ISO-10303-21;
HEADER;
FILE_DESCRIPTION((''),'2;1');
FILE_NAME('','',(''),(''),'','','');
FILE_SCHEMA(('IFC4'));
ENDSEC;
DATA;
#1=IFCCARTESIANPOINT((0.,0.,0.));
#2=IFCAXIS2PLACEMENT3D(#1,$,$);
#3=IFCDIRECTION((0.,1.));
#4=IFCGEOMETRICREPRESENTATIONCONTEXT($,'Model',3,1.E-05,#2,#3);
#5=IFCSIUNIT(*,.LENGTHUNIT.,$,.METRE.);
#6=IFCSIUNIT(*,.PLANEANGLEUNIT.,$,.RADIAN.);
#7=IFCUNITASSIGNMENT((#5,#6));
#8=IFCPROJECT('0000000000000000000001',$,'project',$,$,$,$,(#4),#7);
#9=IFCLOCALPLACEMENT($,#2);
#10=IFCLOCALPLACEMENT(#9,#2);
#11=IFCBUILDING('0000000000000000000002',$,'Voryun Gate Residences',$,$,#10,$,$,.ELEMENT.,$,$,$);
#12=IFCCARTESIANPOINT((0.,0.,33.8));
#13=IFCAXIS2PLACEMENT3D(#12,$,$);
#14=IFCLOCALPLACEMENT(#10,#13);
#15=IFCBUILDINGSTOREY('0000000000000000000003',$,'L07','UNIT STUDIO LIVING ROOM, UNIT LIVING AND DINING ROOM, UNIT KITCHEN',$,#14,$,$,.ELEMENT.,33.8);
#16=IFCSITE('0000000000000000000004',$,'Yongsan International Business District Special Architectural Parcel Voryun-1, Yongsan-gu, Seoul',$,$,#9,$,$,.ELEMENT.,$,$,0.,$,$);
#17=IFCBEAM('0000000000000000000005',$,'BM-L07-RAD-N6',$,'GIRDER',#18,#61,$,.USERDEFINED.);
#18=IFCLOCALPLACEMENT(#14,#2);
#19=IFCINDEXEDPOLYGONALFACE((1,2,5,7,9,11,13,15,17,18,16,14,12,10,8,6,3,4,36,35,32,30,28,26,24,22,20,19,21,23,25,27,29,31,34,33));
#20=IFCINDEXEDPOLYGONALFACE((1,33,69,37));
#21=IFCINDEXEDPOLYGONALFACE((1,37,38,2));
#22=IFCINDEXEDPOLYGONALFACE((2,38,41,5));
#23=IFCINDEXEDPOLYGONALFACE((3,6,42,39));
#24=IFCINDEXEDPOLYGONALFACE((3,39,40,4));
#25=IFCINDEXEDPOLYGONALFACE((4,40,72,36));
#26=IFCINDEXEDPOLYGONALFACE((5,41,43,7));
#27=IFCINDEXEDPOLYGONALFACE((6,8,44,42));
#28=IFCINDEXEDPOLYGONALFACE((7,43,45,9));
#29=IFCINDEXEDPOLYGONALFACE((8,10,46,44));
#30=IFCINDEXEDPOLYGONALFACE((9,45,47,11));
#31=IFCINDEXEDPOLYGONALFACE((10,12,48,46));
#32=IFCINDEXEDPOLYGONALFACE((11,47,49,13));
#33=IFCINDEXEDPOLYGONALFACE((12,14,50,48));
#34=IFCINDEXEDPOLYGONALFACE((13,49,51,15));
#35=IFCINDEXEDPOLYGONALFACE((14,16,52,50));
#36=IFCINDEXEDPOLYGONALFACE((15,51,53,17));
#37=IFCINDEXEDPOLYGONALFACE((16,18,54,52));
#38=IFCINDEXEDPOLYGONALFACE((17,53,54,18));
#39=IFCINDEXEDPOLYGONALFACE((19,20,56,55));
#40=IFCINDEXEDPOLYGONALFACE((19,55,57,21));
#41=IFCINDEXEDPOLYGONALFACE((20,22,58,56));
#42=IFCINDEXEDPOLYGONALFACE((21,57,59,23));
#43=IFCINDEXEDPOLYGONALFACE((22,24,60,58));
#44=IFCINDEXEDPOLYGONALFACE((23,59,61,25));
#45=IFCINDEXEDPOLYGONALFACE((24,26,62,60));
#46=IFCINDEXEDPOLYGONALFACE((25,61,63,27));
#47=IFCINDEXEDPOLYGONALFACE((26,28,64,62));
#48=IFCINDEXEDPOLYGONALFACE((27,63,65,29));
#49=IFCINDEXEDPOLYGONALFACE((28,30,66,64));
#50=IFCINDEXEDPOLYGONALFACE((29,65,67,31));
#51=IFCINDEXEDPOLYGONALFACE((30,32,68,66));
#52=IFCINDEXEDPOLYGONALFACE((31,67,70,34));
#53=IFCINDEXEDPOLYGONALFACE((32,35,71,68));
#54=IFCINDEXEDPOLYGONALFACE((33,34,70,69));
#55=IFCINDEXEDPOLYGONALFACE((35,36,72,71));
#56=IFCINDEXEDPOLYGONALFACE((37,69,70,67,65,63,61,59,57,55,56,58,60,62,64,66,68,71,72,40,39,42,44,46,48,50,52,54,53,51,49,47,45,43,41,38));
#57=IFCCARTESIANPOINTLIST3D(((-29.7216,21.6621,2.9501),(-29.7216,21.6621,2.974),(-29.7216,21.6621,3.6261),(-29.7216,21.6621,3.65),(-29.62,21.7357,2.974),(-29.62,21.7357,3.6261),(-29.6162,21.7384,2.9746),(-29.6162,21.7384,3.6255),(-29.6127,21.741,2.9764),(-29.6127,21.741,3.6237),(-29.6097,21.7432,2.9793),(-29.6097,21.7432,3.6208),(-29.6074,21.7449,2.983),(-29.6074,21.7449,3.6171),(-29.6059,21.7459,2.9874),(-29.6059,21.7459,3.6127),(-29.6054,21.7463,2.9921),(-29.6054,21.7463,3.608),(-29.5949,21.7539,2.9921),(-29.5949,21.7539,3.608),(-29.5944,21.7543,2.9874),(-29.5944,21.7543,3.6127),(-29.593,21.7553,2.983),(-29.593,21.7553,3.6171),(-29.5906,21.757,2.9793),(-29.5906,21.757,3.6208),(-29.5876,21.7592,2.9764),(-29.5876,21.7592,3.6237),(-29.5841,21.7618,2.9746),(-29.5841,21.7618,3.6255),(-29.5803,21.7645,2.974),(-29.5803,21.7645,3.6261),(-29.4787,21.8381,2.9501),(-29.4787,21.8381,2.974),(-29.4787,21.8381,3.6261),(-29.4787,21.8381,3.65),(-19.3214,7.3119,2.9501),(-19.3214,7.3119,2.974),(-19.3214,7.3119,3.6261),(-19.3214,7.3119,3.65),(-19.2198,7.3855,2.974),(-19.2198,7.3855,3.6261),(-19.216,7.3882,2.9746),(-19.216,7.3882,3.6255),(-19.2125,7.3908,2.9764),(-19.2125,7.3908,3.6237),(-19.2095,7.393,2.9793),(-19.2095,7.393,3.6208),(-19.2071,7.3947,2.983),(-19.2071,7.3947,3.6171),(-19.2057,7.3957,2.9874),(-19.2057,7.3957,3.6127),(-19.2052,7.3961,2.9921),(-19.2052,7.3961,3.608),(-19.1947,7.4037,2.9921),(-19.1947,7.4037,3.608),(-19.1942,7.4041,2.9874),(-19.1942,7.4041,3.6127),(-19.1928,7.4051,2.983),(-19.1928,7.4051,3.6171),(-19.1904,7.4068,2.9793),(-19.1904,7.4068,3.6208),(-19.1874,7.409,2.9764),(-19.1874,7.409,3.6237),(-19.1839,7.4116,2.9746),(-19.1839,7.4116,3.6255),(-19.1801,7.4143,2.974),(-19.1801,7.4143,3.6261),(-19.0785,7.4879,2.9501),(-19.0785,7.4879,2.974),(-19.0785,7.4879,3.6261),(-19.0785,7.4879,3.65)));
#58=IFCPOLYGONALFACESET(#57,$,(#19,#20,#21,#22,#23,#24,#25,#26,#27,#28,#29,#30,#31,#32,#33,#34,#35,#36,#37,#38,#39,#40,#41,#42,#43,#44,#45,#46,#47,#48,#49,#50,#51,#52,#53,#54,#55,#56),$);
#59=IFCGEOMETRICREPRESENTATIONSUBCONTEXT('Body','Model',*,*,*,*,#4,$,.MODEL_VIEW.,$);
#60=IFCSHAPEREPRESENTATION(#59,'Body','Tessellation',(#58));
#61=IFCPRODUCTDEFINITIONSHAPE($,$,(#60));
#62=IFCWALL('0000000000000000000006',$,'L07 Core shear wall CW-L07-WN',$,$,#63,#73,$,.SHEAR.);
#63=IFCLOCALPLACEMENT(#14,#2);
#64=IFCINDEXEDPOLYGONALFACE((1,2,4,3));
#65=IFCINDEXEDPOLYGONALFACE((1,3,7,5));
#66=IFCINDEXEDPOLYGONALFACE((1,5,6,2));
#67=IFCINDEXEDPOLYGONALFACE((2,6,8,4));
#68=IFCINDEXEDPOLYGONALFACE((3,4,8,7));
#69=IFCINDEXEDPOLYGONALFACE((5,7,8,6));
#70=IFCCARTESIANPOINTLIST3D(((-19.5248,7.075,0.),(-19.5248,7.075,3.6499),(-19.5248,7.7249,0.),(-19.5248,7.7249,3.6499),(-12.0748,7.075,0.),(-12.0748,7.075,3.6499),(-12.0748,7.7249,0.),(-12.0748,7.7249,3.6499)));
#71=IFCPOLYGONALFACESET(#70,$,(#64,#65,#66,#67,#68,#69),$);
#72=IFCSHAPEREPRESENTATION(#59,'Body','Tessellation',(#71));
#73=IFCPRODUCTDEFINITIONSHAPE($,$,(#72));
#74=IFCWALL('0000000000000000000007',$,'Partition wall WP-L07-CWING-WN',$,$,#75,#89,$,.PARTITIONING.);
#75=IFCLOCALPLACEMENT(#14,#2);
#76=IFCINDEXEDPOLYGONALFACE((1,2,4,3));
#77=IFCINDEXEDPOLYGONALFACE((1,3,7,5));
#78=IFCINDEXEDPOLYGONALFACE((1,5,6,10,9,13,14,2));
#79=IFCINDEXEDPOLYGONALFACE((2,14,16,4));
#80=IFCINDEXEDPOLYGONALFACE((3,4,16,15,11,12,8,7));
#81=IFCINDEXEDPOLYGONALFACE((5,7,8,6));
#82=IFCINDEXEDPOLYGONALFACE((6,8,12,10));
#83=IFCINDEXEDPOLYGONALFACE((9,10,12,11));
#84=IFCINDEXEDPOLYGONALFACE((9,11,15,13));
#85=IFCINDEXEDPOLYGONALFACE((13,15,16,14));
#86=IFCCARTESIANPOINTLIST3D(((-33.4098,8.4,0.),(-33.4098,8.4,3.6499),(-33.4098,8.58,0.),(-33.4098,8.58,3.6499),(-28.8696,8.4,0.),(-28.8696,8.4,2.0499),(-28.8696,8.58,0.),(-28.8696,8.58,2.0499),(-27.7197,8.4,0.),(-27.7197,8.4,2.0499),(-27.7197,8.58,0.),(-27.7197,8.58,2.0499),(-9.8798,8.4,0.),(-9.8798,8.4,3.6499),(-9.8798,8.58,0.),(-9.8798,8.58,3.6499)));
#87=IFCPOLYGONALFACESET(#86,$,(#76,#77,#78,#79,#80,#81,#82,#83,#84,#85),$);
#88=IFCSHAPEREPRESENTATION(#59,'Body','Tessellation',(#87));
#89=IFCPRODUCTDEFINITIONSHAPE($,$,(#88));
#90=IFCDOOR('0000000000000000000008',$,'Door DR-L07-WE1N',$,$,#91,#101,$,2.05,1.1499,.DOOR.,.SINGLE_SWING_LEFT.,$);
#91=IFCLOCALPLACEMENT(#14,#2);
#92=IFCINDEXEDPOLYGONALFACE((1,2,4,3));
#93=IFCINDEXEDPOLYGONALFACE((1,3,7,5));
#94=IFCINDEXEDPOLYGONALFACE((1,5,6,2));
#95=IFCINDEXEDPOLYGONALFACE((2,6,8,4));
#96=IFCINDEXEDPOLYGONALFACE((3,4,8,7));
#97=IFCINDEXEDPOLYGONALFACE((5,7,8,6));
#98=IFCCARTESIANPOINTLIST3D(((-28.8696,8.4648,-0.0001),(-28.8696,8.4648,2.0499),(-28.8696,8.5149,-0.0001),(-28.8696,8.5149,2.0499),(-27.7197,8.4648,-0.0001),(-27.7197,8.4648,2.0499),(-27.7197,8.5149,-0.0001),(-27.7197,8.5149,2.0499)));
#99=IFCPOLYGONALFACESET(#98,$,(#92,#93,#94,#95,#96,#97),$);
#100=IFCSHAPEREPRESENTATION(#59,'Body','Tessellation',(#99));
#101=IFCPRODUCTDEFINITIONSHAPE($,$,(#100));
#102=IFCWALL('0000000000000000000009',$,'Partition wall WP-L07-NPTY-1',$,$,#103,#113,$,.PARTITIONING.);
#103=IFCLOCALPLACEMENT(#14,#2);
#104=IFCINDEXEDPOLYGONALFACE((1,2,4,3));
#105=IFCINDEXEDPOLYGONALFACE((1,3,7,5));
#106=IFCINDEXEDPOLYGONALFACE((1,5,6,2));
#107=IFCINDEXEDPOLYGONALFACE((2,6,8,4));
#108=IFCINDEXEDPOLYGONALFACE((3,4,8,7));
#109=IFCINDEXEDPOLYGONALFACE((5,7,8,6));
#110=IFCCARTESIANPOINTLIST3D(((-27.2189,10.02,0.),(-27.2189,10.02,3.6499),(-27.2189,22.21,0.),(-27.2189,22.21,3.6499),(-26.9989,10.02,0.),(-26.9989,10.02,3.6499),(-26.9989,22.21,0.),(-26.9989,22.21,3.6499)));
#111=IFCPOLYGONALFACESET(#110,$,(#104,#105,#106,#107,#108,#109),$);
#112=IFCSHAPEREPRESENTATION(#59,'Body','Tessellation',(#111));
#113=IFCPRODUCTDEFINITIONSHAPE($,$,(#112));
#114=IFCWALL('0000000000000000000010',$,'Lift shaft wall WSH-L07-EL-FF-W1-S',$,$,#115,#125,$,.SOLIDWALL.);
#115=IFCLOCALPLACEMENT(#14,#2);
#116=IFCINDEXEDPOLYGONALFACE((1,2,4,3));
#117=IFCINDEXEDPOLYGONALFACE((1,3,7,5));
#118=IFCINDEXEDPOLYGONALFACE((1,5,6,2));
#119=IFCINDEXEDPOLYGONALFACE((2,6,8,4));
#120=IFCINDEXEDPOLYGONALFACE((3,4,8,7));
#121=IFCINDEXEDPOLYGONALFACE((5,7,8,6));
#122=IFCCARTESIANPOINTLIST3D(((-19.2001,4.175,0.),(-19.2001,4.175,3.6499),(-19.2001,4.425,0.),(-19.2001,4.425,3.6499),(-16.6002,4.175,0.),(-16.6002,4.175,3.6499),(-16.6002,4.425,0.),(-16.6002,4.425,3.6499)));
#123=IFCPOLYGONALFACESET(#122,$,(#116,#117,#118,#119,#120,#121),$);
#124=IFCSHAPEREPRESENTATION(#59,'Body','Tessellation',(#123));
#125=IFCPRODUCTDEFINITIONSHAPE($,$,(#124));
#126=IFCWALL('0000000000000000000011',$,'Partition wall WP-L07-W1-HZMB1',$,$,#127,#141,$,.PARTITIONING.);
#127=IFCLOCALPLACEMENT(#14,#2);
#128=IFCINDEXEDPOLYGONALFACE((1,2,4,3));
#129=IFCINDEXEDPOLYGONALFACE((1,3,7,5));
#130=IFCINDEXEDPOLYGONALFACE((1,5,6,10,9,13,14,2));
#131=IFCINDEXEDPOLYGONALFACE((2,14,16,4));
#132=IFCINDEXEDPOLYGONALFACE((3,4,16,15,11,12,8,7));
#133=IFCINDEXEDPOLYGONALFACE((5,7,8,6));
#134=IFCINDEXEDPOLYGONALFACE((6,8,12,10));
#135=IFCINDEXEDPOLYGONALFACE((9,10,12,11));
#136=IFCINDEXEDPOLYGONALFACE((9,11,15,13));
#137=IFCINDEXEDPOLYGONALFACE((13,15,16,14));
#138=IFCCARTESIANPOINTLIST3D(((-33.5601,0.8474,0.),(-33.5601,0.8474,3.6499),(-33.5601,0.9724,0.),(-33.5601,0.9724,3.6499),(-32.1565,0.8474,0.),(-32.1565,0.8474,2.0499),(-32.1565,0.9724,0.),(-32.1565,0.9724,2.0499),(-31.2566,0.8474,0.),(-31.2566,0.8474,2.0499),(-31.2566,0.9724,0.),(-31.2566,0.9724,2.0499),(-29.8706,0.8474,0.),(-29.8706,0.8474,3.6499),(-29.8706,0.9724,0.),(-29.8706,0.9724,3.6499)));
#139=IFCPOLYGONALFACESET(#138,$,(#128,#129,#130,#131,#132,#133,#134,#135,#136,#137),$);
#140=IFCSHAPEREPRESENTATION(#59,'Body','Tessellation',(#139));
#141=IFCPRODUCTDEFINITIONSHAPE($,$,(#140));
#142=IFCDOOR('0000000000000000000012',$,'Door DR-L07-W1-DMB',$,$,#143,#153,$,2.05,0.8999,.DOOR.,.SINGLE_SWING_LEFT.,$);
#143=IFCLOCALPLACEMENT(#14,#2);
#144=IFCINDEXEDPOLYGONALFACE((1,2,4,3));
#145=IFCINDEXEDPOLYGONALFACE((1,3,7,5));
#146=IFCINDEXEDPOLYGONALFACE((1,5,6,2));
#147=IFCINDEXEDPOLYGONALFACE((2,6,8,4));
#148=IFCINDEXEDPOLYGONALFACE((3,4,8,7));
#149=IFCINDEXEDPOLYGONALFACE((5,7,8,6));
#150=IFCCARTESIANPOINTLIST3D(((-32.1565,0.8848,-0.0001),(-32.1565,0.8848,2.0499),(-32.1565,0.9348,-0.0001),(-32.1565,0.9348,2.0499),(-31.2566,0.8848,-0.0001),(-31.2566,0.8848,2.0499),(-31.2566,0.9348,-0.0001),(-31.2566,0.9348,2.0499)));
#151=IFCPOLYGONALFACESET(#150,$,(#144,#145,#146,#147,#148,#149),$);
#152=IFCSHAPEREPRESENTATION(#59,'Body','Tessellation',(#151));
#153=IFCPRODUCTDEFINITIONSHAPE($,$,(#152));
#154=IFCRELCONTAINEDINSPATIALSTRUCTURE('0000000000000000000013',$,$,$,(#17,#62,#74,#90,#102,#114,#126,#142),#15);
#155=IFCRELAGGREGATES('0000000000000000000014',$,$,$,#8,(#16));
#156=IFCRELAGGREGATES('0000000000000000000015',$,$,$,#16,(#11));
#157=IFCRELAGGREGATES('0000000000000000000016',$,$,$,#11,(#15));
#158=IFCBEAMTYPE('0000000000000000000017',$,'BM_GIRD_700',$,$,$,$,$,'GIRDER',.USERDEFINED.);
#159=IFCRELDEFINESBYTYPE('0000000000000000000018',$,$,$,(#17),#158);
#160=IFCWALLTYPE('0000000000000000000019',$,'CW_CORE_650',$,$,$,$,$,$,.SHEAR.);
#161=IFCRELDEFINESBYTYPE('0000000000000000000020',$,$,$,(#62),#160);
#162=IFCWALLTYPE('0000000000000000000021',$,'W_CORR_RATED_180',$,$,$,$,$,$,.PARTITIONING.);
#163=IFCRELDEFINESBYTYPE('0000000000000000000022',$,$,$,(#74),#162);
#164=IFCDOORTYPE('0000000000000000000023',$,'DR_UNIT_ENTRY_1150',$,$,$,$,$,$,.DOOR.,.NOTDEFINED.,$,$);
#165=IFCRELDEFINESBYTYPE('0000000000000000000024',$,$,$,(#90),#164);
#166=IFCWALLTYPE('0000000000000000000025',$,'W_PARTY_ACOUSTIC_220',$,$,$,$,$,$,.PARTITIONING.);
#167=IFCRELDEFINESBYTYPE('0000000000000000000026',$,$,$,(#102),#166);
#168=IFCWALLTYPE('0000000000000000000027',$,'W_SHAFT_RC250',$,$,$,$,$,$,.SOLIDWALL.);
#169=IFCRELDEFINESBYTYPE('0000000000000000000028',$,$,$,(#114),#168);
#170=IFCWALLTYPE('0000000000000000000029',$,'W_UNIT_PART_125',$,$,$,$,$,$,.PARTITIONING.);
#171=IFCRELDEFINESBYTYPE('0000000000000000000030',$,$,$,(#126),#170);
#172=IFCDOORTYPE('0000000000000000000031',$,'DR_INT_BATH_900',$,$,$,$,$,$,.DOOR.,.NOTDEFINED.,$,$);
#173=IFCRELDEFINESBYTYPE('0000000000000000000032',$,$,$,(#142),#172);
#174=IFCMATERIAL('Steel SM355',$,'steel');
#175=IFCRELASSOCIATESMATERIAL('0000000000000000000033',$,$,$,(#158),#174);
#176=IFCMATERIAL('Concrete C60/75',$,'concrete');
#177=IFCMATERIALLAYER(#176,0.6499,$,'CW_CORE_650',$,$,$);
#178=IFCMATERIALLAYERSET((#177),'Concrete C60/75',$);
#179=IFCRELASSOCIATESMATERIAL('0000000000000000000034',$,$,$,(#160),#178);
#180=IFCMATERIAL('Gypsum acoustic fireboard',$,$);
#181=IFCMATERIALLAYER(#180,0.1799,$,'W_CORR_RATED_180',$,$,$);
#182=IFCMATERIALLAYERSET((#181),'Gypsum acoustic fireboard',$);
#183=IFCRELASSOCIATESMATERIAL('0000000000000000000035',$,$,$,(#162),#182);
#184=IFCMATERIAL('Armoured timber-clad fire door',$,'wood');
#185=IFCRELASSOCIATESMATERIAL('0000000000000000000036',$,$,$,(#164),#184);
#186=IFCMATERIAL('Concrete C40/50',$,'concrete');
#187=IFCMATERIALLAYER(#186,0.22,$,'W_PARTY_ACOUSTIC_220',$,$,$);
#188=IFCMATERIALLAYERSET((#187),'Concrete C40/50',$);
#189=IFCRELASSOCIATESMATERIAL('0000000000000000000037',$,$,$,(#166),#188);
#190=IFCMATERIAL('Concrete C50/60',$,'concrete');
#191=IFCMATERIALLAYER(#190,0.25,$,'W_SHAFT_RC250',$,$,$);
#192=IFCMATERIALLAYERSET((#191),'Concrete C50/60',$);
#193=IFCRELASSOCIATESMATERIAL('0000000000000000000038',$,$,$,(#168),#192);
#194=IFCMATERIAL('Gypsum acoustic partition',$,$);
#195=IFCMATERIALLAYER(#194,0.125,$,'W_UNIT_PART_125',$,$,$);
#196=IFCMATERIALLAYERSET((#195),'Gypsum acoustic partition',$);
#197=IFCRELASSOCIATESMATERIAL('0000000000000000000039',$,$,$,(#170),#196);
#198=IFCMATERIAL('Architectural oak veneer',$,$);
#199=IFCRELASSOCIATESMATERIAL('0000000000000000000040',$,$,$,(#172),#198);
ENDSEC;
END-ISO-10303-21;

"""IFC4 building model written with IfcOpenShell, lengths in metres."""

from ifc_helpers import new_model, si_unit, direction, frame, frame_2d, origin, origin_2d, place, context, subcontext, project, spatial, rectangle, i_section, extrude, material, layer, layer_set, material_profile, profile_set, type_object, element, fill, save


model = new_model("IFC4")

# Units and contexts
model_context = context("Model", 3, precision=1e-05, world=origin(), true_north=direction((0.0, 1.0)))
body_context = subcontext(model_context, "Body", "Model", "MODEL_VIEW")
ifc_project = project(units=[si_unit("LENGTHUNIT", "METRE"), si_unit("PLANEANGLEUNIT", "RADIAN")], contexts=[model_context])

# Site, building, storey
site_placement = place(None, origin())
site = spatial("IfcSite", under=ifc_project, at=site_placement, Name="Yongsan International Business District Special Architectural Parcel Voryun-1, Yongsan-gu, Seoul", CompositionType="ELEMENT", RefElevation=0.0)
building_placement = place(site_placement, origin())
building = spatial("IfcBuilding", under=site, at=building_placement, Name="Voryun Gate Residences", CompositionType="ELEMENT")
storey_placement = place(building_placement, frame((0.0, 0.0, 33.8)))
storey = spatial("IfcBuildingStorey", under=building, at=storey_placement, Name="L07", Description="UNIT STUDIO LIVING ROOM, UNIT LIVING AND DINING ROOM, UNIT KITCHEN", CompositionType="ELEMENT", Elevation=33.8)

# Beam
ifc_material_1 = material(Name="Steel SM355", Category="steel")
ifc_material_profile_1 = material_profile(ifc_material_1, i_section(OverallWidth=0.3, OverallDepth=0.7, WebThickness=0.0129, FlangeThickness=0.0239, FilletRadius=0.0181, at=origin_2d()), Name="H-700x300x13x24")
ifc_profile_set_1 = profile_set([ifc_material_profile_1], Name="Steel SM355")
beam_type_1 = type_object("IfcBeamType", Name="BM_GIRD_700", ElementType="GIRDER", PredefinedType="USERDEFINED", material=ifc_profile_set_1)
beam_1_placement = place(storey_placement, frame((-19.2, 7.3999, 3.3), z_axis=(-0.586832, 0.809709, 0.0), x_axis=(-0.809709, -0.586832, 0.0)))
element("IfcBeam", 1, at=beam_1_placement, inside=storey, type_object=beam_type_1, Name="BM-L07-RAD-N6", ObjectType="GIRDER", PredefinedType="USERDEFINED", context=body_context, shape_type="SweptSolid", body=[
    extrude(i_section(OverallWidth=0.3, OverallDepth=0.7, WebThickness=0.0129, FlangeThickness=0.0239, FilletRadius=0.0181, at=origin_2d()), origin(), (0.0, 0.0, 1.0), 17.7227),
])

# Wall
ifc_material_2 = material(Name="Concrete C60/75", Category="concrete")
ifc_layer_1 = layer(ifc_material_2, 0.6499, Name="CW_CORE_650")
ifc_layer_set_1 = layer_set([ifc_layer_1], Name="Concrete C60/75")
wall_type_1 = type_object("IfcWallType", Name="CW_CORE_650", PredefinedType="SHEAR", material=ifc_layer_set_1)
wall_1_placement = place(storey_placement, frame((-19.5249, 7.3999, 0.0), z_axis=(0.0, 0.0, 1.0), x_axis=(1.0, 0.0, 0.0)))
element("IfcWall", 2, at=wall_1_placement, inside=storey, type_object=wall_type_1, Name="L07 Core shear wall CW-L07-WN", PredefinedType="SHEAR", context=body_context, shape_type="SweptSolid", body=[
    extrude(rectangle(XDim=7.45, YDim=0.6499, at=frame_2d((3.7251, 0.0))), origin(), (0.0, 0.0, 1.0), 3.6499),
])

# Wall, opening, door
ifc_material_3 = material(Name="Gypsum acoustic fireboard")
ifc_layer_2 = layer(ifc_material_3, 0.1799, Name="W_CORR_RATED_180")
ifc_layer_set_2 = layer_set([ifc_layer_2], Name="Gypsum acoustic fireboard")
wall_type_2 = type_object("IfcWallType", Name="W_CORR_RATED_180", PredefinedType="PARTITIONING", material=ifc_layer_set_2)
wall_2_placement = place(storey_placement, frame((-33.4099, 8.49, 0.0), z_axis=(0.0, 0.0, 1.0), x_axis=(1.0, 0.0, 0.0)))
wall_2 = element("IfcWall", 3, at=wall_2_placement, inside=storey, type_object=wall_type_2, Name="Partition wall WP-L07-CWING-WN", PredefinedType="PARTITIONING", context=body_context, shape_type="SweptSolid", body=[
    extrude(rectangle(XDim=23.53, YDim=0.1799, at=frame_2d((11.7651, 0.0))), origin(), (0.0, 0.0, 1.0), 3.6499),
])
opening_1_placement = place(wall_2_placement, frame((4.5403, 0.0, 0.0)))
opening_1 = element("IfcOpeningElement", 4, at=opening_1_placement, cuts=wall_2, PredefinedType="OPENING", context=body_context, shape_type="SweptSolid", body=[
    extrude(rectangle(XDim=1.1499, YDim=2.05, at=frame_2d((0.575, 1.0249))), frame((0.0, 0.0999, 0.0), z_axis=(0.0, -1.0, 0.0), x_axis=(1.0, 0.0, 0.0)), (0.0, 0.0, 1.0), 0.2),
])
ifc_material_4 = material(Name="Armoured timber-clad fire door", Category="wood")
door_type_1 = type_object("IfcDoorType", Name="DR_UNIT_ENTRY_1150", OperationType="NOTDEFINED", PredefinedType="DOOR", material=ifc_material_4)
door_1_placement = place(opening_1_placement, origin())
door_1 = element("IfcDoor", 5, at=door_1_placement, inside=storey, type_object=door_type_1, Name="Door DR-L07-WE1N", OperationType="SINGLE_SWING_LEFT", OverallHeight=2.05, OverallWidth=1.1499, PredefinedType="DOOR", context=body_context, shape_type="SweptSolid", body=[
    extrude(rectangle(XDim=1.1499, YDim=2.05, at=frame_2d((0.575, 1.0249))), frame((0.0, 0.0249, 0.0), z_axis=(0.0, -1.0, 0.0), x_axis=(1.0, 0.0, 0.0)), (0.0, 0.0, 1.0), 0.05),
])
fill(opening_1, door_1)

# Walls
ifc_material_5 = material(Name="Concrete C40/50", Category="concrete")
ifc_layer_3 = layer(ifc_material_5, 0.22, Name="W_PARTY_ACOUSTIC_220")
ifc_layer_set_3 = layer_set([ifc_layer_3], Name="Concrete C40/50")
wall_type_3 = type_object("IfcWallType", Name="W_PARTY_ACOUSTIC_220", PredefinedType="PARTITIONING", material=ifc_layer_set_3)
wall_3_placement = place(storey_placement, frame((-27.1089, 10.02, 0.0), z_axis=(0.0, 0.0, 1.0), x_axis=(0.0, 1.0, 0.0)))
element("IfcWall", 6, at=wall_3_placement, inside=storey, type_object=wall_type_3, Name="Partition wall WP-L07-NPTY-1", PredefinedType="PARTITIONING", context=body_context, shape_type="SweptSolid", body=[
    extrude(rectangle(XDim=12.1899, YDim=0.22, at=frame_2d((6.095, 0.0))), origin(), (0.0, 0.0, 1.0), 3.6499),
])
ifc_material_6 = material(Name="Concrete C50/60", Category="concrete")
ifc_layer_4 = layer(ifc_material_6, 0.25, Name="W_SHAFT_RC250")
ifc_layer_set_4 = layer_set([ifc_layer_4], Name="Concrete C50/60")
wall_type_4 = type_object("IfcWallType", Name="W_SHAFT_RC250", PredefinedType="SOLIDWALL", material=ifc_layer_set_4)
wall_4_placement = place(storey_placement, frame((-19.2, 4.3, 0.0), z_axis=(0.0, 0.0, 1.0), x_axis=(1.0, 0.0, 0.0)))
element("IfcWall", 7, at=wall_4_placement, inside=storey, type_object=wall_type_4, Name="Lift shaft wall WSH-L07-EL-FF-W1-S", PredefinedType="SOLIDWALL", context=body_context, shape_type="SweptSolid", body=[
    extrude(rectangle(XDim=2.5999, YDim=0.25, at=frame_2d((1.2998, 0.0))), origin(), (0.0, 0.0, 1.0), 3.6499),
])

# Wall, opening, door
ifc_material_7 = material(Name="Gypsum acoustic partition")
ifc_layer_5 = layer(ifc_material_7, 0.125, Name="W_UNIT_PART_125")
ifc_layer_set_5 = layer_set([ifc_layer_5], Name="Gypsum acoustic partition")
wall_type_5 = type_object("IfcWallType", Name="W_UNIT_PART_125", PredefinedType="PARTITIONING", material=ifc_layer_set_5)
wall_5_placement = place(storey_placement, frame((-33.5601, 0.9099, 0.0), z_axis=(0.0, 0.0, 1.0), x_axis=(1.0, 0.0, 0.0)))
wall_5 = element("IfcWall", 8, at=wall_5_placement, inside=storey, type_object=wall_type_5, Name="Partition wall WP-L07-W1-HZMB1", PredefinedType="PARTITIONING", context=body_context, shape_type="SweptSolid", body=[
    extrude(rectangle(XDim=3.6895, YDim=0.125, at=frame_2d((1.8447, 0.0))), origin(), (0.0, 0.0, 1.0), 3.6499),
])
opening_2_placement = place(wall_5_placement, frame((1.4036, 0.0, 0.0)))
opening_2 = element("IfcOpeningElement", 9, at=opening_2_placement, cuts=wall_5, PredefinedType="OPENING", context=body_context, shape_type="SweptSolid", body=[
    extrude(rectangle(XDim=0.8999, YDim=2.05, at=frame_2d((0.45, 1.0249))), frame((0.0, 0.0725, 0.0), z_axis=(0.0, -1.0, 0.0), x_axis=(1.0, 0.0, 0.0)), (0.0, 0.0, 1.0), 0.145),
])
ifc_material_8 = material(Name="Architectural oak veneer")
door_type_2 = type_object("IfcDoorType", Name="DR_INT_BATH_900", OperationType="NOTDEFINED", PredefinedType="DOOR", material=ifc_material_8)
door_2_placement = place(opening_2_placement, origin())
door_2 = element("IfcDoor", 10, at=door_2_placement, inside=storey, type_object=door_type_2, Name="Door DR-L07-W1-DMB", OperationType="SINGLE_SWING_LEFT", OverallHeight=2.05, OverallWidth=0.8999, PredefinedType="DOOR", context=body_context, shape_type="SweptSolid", body=[
    extrude(rectangle(XDim=0.8999, YDim=2.05, at=frame_2d((0.45, 1.0249))), frame((0.0, 0.0249, 0.0), z_axis=(0.0, -1.0, 0.0), x_axis=(1.0, 0.0, 0.0)), (0.0, 0.0, 1.0), 0.05),
])
fill(opening_2, door_2)

save(model, "model.ifc")
